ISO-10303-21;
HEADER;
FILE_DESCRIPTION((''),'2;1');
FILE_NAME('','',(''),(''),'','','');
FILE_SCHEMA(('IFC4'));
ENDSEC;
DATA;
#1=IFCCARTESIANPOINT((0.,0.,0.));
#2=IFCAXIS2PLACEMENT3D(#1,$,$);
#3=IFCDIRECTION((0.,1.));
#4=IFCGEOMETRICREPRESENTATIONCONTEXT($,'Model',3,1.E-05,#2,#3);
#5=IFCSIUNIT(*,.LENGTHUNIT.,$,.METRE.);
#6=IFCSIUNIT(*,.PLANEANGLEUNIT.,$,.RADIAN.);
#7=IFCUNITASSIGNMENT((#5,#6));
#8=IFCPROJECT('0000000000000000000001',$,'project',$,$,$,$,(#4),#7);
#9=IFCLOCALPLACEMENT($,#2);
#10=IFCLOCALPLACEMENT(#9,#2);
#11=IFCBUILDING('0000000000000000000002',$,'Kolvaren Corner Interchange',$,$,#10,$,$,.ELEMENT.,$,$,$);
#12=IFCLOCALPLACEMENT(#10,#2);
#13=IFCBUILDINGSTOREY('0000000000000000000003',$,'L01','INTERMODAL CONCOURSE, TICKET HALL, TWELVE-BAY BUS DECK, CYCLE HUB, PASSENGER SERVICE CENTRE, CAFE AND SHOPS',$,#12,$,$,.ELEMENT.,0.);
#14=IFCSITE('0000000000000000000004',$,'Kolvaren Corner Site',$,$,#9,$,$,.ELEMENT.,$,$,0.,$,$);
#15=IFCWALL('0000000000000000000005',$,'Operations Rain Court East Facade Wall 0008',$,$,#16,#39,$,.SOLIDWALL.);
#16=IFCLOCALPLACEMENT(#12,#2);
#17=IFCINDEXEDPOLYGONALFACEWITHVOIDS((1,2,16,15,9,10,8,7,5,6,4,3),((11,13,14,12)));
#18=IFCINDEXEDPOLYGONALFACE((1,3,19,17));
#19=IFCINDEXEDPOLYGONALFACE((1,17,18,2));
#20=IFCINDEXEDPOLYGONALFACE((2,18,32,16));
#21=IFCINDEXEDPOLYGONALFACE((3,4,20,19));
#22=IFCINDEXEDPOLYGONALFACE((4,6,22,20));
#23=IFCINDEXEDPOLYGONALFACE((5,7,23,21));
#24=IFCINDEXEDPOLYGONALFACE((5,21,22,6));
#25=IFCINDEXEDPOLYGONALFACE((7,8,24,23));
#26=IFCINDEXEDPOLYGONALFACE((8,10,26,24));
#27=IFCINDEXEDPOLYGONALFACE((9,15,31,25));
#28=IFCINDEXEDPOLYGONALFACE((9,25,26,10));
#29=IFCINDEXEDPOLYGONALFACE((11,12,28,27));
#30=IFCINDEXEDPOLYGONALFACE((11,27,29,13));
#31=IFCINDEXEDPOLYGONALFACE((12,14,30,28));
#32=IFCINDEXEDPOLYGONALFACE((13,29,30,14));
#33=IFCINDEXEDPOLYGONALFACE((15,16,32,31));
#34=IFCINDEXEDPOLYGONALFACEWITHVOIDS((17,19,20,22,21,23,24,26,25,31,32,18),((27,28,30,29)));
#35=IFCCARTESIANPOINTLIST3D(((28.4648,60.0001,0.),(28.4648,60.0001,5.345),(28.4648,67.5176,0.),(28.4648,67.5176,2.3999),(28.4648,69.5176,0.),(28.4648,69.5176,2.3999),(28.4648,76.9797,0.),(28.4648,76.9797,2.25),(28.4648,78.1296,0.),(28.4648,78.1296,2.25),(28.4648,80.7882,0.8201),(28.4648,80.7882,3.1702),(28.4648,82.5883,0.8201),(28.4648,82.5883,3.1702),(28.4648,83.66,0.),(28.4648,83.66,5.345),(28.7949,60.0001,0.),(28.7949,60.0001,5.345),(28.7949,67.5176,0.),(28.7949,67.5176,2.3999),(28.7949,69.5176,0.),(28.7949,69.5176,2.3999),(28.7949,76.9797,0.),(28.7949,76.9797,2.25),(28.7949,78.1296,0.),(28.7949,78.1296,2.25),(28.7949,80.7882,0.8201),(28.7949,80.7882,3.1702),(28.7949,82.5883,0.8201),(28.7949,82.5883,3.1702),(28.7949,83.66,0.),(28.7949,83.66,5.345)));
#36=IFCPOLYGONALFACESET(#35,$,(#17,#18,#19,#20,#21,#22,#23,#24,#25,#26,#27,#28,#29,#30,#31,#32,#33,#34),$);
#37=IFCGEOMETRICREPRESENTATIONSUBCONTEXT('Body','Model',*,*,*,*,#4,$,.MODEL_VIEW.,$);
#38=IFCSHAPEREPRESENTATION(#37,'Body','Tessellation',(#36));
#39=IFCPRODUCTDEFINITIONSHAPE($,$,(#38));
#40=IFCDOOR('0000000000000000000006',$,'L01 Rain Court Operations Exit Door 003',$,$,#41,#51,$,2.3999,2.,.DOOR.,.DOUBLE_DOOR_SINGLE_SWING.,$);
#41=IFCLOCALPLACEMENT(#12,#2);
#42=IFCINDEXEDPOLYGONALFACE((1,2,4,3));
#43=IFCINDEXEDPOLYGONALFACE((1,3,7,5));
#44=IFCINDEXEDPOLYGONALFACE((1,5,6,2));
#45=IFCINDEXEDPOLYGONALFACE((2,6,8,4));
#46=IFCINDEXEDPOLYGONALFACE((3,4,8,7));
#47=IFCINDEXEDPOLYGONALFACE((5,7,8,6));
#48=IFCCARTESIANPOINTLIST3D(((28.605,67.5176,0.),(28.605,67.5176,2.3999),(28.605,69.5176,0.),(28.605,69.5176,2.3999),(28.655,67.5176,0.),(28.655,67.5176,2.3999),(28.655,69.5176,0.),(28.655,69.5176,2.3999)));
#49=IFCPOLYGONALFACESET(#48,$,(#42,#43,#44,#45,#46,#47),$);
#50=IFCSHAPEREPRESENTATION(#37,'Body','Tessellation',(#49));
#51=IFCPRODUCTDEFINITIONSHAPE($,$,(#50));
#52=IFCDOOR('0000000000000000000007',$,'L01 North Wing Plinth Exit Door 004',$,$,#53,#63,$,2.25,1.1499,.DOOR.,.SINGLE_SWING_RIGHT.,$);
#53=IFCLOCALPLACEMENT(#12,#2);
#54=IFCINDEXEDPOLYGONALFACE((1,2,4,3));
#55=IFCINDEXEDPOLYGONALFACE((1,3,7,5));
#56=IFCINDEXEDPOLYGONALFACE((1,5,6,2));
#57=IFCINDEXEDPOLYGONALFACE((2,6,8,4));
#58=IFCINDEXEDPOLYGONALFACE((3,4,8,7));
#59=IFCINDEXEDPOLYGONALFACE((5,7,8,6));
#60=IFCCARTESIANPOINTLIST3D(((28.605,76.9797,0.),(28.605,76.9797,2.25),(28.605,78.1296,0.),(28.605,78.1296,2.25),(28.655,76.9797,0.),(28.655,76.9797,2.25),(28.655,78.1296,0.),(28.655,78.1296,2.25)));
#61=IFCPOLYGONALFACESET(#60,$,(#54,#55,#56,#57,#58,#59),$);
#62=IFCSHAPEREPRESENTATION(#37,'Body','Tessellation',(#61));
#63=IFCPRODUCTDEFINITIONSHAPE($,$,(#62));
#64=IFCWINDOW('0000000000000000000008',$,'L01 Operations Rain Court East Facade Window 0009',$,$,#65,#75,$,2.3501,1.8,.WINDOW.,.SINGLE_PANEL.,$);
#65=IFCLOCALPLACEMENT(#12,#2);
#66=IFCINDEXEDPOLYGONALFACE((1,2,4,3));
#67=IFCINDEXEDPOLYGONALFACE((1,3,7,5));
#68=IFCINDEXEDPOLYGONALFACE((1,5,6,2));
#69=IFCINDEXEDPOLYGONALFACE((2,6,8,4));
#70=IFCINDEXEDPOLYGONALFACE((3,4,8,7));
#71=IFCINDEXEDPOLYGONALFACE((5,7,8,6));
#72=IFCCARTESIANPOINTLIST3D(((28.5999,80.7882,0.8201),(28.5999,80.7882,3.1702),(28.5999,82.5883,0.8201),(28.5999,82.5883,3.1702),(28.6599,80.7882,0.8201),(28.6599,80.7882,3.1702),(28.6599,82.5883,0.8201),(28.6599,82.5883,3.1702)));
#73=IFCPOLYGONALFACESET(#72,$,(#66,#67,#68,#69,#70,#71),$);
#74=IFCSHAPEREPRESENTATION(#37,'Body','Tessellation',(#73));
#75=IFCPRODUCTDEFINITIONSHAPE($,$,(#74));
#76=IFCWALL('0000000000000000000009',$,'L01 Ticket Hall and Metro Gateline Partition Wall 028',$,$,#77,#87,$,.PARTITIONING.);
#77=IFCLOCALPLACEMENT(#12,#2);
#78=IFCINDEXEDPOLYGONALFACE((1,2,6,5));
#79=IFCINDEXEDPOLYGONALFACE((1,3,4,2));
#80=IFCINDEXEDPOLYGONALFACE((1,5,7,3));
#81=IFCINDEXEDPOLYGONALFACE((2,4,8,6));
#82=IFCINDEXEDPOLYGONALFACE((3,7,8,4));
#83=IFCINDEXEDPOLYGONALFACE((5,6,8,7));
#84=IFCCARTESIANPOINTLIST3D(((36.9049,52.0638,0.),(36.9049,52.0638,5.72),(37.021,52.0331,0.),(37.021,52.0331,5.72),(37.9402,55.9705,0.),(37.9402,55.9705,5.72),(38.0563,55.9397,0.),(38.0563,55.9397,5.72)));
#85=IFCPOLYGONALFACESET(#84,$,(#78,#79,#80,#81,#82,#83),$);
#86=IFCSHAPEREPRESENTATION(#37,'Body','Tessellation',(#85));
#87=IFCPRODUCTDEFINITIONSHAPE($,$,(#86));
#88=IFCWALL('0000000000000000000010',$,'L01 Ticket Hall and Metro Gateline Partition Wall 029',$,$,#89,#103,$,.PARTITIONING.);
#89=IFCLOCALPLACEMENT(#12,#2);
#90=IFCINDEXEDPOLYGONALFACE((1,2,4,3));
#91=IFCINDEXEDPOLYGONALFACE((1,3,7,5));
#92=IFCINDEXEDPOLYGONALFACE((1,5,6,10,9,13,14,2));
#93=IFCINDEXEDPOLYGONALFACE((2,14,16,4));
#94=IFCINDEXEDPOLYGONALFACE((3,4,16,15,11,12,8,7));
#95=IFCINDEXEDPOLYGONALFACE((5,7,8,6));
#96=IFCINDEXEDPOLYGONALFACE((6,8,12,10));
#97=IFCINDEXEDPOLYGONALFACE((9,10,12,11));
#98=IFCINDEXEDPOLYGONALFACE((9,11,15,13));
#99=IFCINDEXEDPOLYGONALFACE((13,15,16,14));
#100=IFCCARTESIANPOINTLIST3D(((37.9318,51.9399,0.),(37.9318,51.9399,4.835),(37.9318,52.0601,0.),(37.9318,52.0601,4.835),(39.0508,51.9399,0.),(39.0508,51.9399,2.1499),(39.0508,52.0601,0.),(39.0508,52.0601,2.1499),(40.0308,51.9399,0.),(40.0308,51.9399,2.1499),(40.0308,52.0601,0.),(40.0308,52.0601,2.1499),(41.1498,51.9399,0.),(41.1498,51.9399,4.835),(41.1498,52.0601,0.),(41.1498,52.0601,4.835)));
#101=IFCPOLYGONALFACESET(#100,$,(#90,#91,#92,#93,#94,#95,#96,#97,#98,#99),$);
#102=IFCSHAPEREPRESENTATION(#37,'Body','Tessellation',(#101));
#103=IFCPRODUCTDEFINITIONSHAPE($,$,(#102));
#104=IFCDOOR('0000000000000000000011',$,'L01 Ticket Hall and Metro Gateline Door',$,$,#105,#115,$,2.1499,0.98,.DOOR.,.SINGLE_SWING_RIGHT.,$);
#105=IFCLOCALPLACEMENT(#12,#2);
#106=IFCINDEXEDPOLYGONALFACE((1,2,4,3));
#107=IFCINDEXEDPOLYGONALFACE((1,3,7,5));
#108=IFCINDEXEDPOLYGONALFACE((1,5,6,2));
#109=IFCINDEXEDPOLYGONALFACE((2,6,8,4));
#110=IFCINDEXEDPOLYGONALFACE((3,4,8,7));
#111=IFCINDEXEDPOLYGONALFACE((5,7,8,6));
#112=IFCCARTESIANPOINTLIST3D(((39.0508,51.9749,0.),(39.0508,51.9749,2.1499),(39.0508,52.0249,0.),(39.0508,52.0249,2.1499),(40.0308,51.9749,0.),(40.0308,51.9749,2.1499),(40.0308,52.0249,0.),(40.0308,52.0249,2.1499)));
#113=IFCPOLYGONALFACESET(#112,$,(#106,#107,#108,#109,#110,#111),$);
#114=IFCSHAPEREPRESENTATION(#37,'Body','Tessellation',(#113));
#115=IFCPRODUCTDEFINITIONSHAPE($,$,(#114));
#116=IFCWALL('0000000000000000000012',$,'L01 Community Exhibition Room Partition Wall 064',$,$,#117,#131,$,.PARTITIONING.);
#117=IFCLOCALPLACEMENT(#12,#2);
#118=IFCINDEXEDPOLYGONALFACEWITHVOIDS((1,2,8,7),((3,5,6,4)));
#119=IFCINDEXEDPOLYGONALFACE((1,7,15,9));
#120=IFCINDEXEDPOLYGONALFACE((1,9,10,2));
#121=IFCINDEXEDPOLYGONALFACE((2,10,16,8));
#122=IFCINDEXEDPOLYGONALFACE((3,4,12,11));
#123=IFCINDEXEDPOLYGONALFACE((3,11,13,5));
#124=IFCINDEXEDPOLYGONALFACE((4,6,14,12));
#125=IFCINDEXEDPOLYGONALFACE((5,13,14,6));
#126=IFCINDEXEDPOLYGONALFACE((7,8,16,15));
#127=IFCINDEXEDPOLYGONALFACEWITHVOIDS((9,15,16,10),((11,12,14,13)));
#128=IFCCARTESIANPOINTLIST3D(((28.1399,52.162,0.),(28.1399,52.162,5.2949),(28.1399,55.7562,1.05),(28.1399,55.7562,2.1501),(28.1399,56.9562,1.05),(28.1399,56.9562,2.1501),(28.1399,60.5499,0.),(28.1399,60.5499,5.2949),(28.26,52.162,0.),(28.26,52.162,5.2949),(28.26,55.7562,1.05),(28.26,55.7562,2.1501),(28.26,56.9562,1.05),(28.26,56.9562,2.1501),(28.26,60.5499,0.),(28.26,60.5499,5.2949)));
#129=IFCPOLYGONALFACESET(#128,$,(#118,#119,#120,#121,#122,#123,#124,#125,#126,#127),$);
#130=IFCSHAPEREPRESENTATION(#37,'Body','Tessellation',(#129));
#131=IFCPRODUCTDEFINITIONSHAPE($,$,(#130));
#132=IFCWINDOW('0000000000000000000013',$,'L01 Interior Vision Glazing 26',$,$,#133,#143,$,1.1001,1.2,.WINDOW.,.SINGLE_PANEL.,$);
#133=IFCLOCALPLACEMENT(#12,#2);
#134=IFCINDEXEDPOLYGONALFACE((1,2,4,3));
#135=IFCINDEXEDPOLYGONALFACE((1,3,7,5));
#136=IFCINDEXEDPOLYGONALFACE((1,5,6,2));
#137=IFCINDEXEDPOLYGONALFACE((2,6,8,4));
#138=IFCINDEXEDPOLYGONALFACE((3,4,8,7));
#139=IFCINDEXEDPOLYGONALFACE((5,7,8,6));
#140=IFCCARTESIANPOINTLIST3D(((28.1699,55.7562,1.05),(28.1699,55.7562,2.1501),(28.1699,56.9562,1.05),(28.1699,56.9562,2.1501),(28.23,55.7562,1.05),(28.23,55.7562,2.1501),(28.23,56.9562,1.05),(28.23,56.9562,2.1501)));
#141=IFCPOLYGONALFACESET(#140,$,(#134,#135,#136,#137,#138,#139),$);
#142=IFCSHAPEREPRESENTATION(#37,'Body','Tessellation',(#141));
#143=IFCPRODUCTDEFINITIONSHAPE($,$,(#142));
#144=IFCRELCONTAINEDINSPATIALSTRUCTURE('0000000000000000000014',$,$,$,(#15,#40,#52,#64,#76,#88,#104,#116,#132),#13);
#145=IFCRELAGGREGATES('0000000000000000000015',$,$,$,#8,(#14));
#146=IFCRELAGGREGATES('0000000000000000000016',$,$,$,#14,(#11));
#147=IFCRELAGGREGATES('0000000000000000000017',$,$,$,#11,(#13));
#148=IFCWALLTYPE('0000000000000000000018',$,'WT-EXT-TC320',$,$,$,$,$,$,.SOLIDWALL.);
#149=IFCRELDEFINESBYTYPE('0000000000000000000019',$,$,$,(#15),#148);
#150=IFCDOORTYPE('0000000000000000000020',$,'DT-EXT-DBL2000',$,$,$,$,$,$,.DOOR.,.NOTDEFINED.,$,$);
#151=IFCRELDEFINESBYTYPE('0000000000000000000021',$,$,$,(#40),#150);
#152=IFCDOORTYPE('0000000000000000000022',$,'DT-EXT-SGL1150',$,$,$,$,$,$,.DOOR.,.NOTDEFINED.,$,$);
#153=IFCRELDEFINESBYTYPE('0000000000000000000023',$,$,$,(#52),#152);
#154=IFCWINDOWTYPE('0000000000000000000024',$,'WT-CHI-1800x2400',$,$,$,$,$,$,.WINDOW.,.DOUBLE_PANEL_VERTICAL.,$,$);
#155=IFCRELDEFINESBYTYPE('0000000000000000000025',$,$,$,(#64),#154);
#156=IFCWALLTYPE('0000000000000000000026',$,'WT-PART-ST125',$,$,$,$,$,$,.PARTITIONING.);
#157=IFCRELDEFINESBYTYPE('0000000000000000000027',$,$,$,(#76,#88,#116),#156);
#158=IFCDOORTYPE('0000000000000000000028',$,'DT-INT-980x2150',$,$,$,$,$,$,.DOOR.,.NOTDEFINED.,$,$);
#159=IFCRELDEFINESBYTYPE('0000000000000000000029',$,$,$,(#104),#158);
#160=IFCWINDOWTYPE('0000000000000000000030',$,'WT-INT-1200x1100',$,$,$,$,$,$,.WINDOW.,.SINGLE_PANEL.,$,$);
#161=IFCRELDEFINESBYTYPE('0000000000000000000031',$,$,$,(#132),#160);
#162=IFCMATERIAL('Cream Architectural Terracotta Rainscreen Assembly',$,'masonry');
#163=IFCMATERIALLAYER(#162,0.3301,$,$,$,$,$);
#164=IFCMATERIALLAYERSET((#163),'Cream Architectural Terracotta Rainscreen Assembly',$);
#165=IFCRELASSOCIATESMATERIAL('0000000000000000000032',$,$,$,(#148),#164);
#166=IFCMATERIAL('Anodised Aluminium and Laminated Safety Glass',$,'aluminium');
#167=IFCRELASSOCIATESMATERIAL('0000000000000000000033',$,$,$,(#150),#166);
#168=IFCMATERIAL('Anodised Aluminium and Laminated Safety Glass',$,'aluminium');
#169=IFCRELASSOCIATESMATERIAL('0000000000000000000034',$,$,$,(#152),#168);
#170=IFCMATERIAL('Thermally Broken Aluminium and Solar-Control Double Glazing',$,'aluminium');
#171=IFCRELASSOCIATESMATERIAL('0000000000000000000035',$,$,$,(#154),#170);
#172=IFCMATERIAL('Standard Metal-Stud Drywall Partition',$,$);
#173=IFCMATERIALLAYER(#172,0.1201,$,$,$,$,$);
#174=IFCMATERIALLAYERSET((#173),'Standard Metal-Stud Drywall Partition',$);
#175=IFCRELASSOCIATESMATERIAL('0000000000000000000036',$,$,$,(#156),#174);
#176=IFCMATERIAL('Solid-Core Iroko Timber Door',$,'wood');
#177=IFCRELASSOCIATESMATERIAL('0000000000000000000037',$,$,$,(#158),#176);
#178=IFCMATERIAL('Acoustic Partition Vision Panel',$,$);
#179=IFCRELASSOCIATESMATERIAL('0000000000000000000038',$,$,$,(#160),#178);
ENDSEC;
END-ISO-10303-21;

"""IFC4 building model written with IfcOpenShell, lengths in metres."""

from ifc_helpers import new_model, si_unit, direction, frame, frame_2d, origin, place, context, subcontext, project, spatial, rectangle, extrude, material, layer, layer_set, type_object, element, fill, save


model = new_model("IFC4")

# Units and contexts
model_context = context("Model", 3, precision=1e-05, world=origin(), true_north=direction((0.0, 1.0)))
body_context = subcontext(model_context, "Body", "Model", "MODEL_VIEW")
ifc_project = project(units=[si_unit("LENGTHUNIT", "METRE"), si_unit("PLANEANGLEUNIT", "RADIAN")], contexts=[model_context])

# Site, building, storey
site_placement = place(None, origin())
site = spatial("IfcSite", under=ifc_project, at=site_placement, Name="Kolvaren Corner Site", CompositionType="ELEMENT", RefElevation=0.0)
building_placement = place(site_placement, origin())
building = spatial("IfcBuilding", under=site, at=building_placement, Name="Kolvaren Corner Interchange", CompositionType="ELEMENT")
storey_placement = place(building_placement, origin())
storey = spatial("IfcBuildingStorey", under=building, at=storey_placement, Name="L01", Description="INTERMODAL CONCOURSE, TICKET HALL, TWELVE-BAY BUS DECK, CYCLE HUB, PASSENGER SERVICE CENTRE, CAFE AND SHOPS", CompositionType="ELEMENT", Elevation=0.0)

# Wall, openings, doors, window
ifc_material_1 = material(Name="Cream Architectural Terracotta Rainscreen Assembly", Category="masonry")
ifc_layer_1 = layer(ifc_material_1, 0.3301)
ifc_layer_set_1 = layer_set([ifc_layer_1], Name="Cream Architectural Terracotta Rainscreen Assembly")
wall_type_1 = type_object("IfcWallType", Name="WT-EXT-TC320", PredefinedType="SOLIDWALL", material=ifc_layer_set_1)
wall_1_placement = place(storey_placement, frame((28.6299, 60.0, 0.0), z_axis=(0.0, 0.0, 1.0), x_axis=(0.0, 1.0, 0.0)))
wall_1 = element("IfcWall", 1, at=wall_1_placement, inside=storey, type_object=wall_type_1, Name="Operations Rain Court East Facade Wall 0008", PredefinedType="SOLIDWALL", context=body_context, shape_type="SweptSolid", body=[
    extrude(rectangle(XDim=23.6599, YDim=0.3301, at=frame_2d((11.8301, 0.0))), origin(), (0.0, 0.0, 1.0), 5.345),
])
opening_1_placement = place(wall_1_placement, frame((7.5176, 0.0, 0.0)))
opening_1 = element("IfcOpeningElement", 2, at=opening_1_placement, cuts=wall_1, PredefinedType="OPENING", context=body_context, shape_type="SweptSolid", body=[
    extrude(rectangle(XDim=2.0, YDim=2.3999, at=frame_2d((1.0, 1.2))), frame((0.0, 0.175, 0.0), z_axis=(0.0, -1.0, 0.0), x_axis=(1.0, 0.0, 0.0)), (0.0, 0.0, 1.0), 0.3501),
])
opening_2_placement = place(wall_1_placement, frame((16.9797, 0.0, 0.0)))
opening_2 = element("IfcOpeningElement", 3, at=opening_2_placement, cuts=wall_1, PredefinedType="OPENING", context=body_context, shape_type="SweptSolid", body=[
    extrude(rectangle(XDim=1.1499, YDim=2.25, at=frame_2d((0.575, 1.125))), frame((0.0, 0.175, 0.0), z_axis=(0.0, -1.0, 0.0), x_axis=(1.0, 0.0, 0.0)), (0.0, 0.0, 1.0), 0.3501),
])
opening_3_placement = place(wall_1_placement, frame((20.7883, 0.0, 0.8201)))
opening_3 = element("IfcOpeningElement", 4, at=opening_3_placement, cuts=wall_1, PredefinedType="OPENING", context=body_context, shape_type="SweptSolid", body=[
    extrude(rectangle(XDim=1.8, YDim=2.3501, at=frame_2d((0.8999, 1.175))), frame((0.0, 0.175, 0.0), z_axis=(0.0, -1.0, 0.0), x_axis=(1.0, 0.0, 0.0)), (0.0, 0.0, 1.0), 0.3501),
])
ifc_material_2 = material(Name="Anodised Aluminium and Laminated Safety Glass", Category="aluminium")
door_type_1 = type_object("IfcDoorType", Name="DT-EXT-DBL2000", OperationType="NOTDEFINED", PredefinedType="DOOR", material=ifc_material_2)
door_1_placement = place(opening_1_placement, origin())
door_1 = element("IfcDoor", 5, at=door_1_placement, inside=storey, type_object=door_type_1, Name="L01 Rain Court Operations Exit Door 003", OperationType="DOUBLE_DOOR_SINGLE_SWING", OverallHeight=2.3999, OverallWidth=2.0, PredefinedType="DOOR", context=body_context, shape_type="SweptSolid", body=[
    extrude(rectangle(XDim=2.0, YDim=2.3999, at=frame_2d((1.0, 1.2))), frame((0.0, 0.0249, 0.0), z_axis=(0.0, -1.0, 0.0), x_axis=(1.0, 0.0, 0.0)), (0.0, 0.0, 1.0), 0.05),
])
fill(opening_1, door_1)
ifc_material_3 = material(Name="Anodised Aluminium and Laminated Safety Glass", Category="aluminium")
door_type_2 = type_object("IfcDoorType", Name="DT-EXT-SGL1150", OperationType="NOTDEFINED", PredefinedType="DOOR", material=ifc_material_3)
door_2_placement = place(opening_2_placement, origin())
door_2 = element("IfcDoor", 6, at=door_2_placement, inside=storey, type_object=door_type_2, Name="L01 North Wing Plinth Exit Door 004", OperationType="SINGLE_SWING_RIGHT", OverallHeight=2.25, OverallWidth=1.1499, PredefinedType="DOOR", context=body_context, shape_type="SweptSolid", body=[
    extrude(rectangle(XDim=1.1499, YDim=2.25, at=frame_2d((0.575, 1.125))), frame((0.0, 0.0249, 0.0), z_axis=(0.0, -1.0, 0.0), x_axis=(1.0, 0.0, 0.0)), (0.0, 0.0, 1.0), 0.05),
])
fill(opening_2, door_2)
ifc_material_4 = material(Name="Thermally Broken Aluminium and Solar-Control Double Glazing", Category="aluminium")
window_type_1 = type_object("IfcWindowType", Name="WT-CHI-1800x2400", PartitioningType="DOUBLE_PANEL_VERTICAL", PredefinedType="WINDOW", material=ifc_material_4)
window_1_placement = place(opening_3_placement, origin())
window_1 = element("IfcWindow", 7, at=window_1_placement, inside=storey, type_object=window_type_1, Name="L01 Operations Rain Court East Facade Window 0009", OverallHeight=2.3501, OverallWidth=1.8, PartitioningType="SINGLE_PANEL", PredefinedType="WINDOW", context=body_context, shape_type="SweptSolid", body=[
    extrude(rectangle(XDim=1.8, YDim=2.3501, at=frame_2d((0.8999, 1.175))), frame((0.0, 0.03, 0.0), z_axis=(0.0, -1.0, 0.0), x_axis=(1.0, 0.0, 0.0)), (0.0, 0.0, 1.0), 0.0601),
])
fill(opening_3, window_1)

# Wall
ifc_material_5 = material(Name="Standard Metal-Stud Drywall Partition")
ifc_layer_2 = layer(ifc_material_5, 0.1201)
ifc_layer_set_2 = layer_set([ifc_layer_2], Name="Standard Metal-Stud Drywall Partition")
wall_type_2 = type_object("IfcWallType", Name="WT-PART-ST125", PredefinedType="PARTITIONING", material=ifc_layer_set_2)
wall_2_placement = place(storey_placement, frame((37.9983, 55.9551, 0.0), z_axis=(0.0, 0.0, 1.0), x_axis=(-0.256185, -0.966628, 0.0)))
element("IfcWall", 8, at=wall_2_placement, inside=storey, type_object=wall_type_2, Name="L01 Ticket Hall and Metro Gateline Partition Wall 028", PredefinedType="PARTITIONING", context=body_context, shape_type="SweptSolid", body=[
    extrude(rectangle(XDim=4.0415, YDim=0.1201, at=frame_2d((2.0208, 0.0))), origin(), (0.0, 0.0, 1.0), 5.72),
])

# Wall, opening, door
wall_3_placement = place(storey_placement, frame((37.9319, 52.0, 0.0), z_axis=(0.0, 0.0, 1.0), x_axis=(1.0, 0.0, 0.0)))
wall_3 = element("IfcWall", 9, at=wall_3_placement, inside=storey, type_object=wall_type_2, Name="L01 Ticket Hall and Metro Gateline Partition Wall 029", PredefinedType="PARTITIONING", context=body_context, shape_type="SweptSolid", body=[
    extrude(rectangle(XDim=3.218, YDim=0.1201, at=frame_2d((1.6089, 0.0))), origin(), (0.0, 0.0, 1.0), 4.835),
])
opening_4_placement = place(wall_3_placement, frame((1.1189, 0.0, 0.0)))
opening_4 = element("IfcOpeningElement", 10, at=opening_4_placement, cuts=wall_3, PredefinedType="OPENING", context=body_context, shape_type="SweptSolid", body=[
    extrude(rectangle(XDim=0.98, YDim=2.1499, at=frame_2d((0.49, 1.075))), frame((0.0, 0.0701, 0.0), z_axis=(0.0, -1.0, 0.0), x_axis=(1.0, 0.0, 0.0)), (0.0, 0.0, 1.0), 0.1401),
])
ifc_material_6 = material(Name="Solid-Core Iroko Timber Door", Category="wood")
door_type_3 = type_object("IfcDoorType", Name="DT-INT-980x2150", OperationType="NOTDEFINED", PredefinedType="DOOR", material=ifc_material_6)
door_3_placement = place(opening_4_placement, origin())
door_3 = element("IfcDoor", 11, at=door_3_placement, inside=storey, type_object=door_type_3, Name="L01 Ticket Hall and Metro Gateline Door", OperationType="SINGLE_SWING_RIGHT", OverallHeight=2.1499, OverallWidth=0.98, PredefinedType="DOOR", context=body_context, shape_type="SweptSolid", body=[
    extrude(rectangle(XDim=0.98, YDim=2.1499, at=frame_2d((0.49, 1.075))), frame((0.0, 0.0249, 0.0), z_axis=(0.0, -1.0, 0.0), x_axis=(1.0, 0.0, 0.0)), (0.0, 0.0, 1.0), 0.05),
])
fill(opening_4, door_3)

# Wall, opening, window
wall_4_placement = place(storey_placement, frame((28.2, 52.1621, 0.0), z_axis=(0.0, 0.0, 1.0), x_axis=(0.0, 1.0, 0.0)))
wall_4 = element("IfcWall", 12, at=wall_4_placement, inside=storey, type_object=wall_type_2, Name="L01 Community Exhibition Room Partition Wall 064", PredefinedType="PARTITIONING", context=body_context, shape_type="SweptSolid", body=[
    extrude(rectangle(XDim=8.3879, YDim=0.1201, at=frame_2d((4.1938, 0.0))), origin(), (0.0, 0.0, 1.0), 5.2949),
])
opening_5_placement = place(wall_4_placement, frame((3.594, 0.0, 1.05)))
opening_5 = element("IfcOpeningElement", 13, at=opening_5_placement, cuts=wall_4, PredefinedType="OPENING", context=body_context, shape_type="SweptSolid", body=[
    extrude(rectangle(XDim=1.2, YDim=1.1001, at=frame_2d((0.6001, 0.55))), frame((0.0, 0.0701, 0.0), z_axis=(0.0, -1.0, 0.0), x_axis=(1.0, 0.0, 0.0)), (0.0, 0.0, 1.0), 0.1401),
])
ifc_material_7 = material(Name="Acoustic Partition Vision Panel")
window_type_2 = type_object("IfcWindowType", Name="WT-INT-1200x1100", PartitioningType="SINGLE_PANEL", PredefinedType="WINDOW", material=ifc_material_7)
window_2_placement = place(opening_5_placement, origin())
window_2 = element("IfcWindow", 14, at=window_2_placement, inside=storey, type_object=window_type_2, Name="L01 Interior Vision Glazing 26", OverallHeight=1.1001, OverallWidth=1.2, PartitioningType="SINGLE_PANEL", PredefinedType="WINDOW", context=body_context, shape_type="SweptSolid", body=[
    extrude(rectangle(XDim=1.2, YDim=1.1001, at=frame_2d((0.6001, 0.55))), frame((0.0, 0.03, 0.0), z_axis=(0.0, -1.0, 0.0), x_axis=(1.0, 0.0, 0.0)), (0.0, 0.0, 1.0), 0.0601),
])
fill(opening_5, window_2)

save(model, "model.ifc")
